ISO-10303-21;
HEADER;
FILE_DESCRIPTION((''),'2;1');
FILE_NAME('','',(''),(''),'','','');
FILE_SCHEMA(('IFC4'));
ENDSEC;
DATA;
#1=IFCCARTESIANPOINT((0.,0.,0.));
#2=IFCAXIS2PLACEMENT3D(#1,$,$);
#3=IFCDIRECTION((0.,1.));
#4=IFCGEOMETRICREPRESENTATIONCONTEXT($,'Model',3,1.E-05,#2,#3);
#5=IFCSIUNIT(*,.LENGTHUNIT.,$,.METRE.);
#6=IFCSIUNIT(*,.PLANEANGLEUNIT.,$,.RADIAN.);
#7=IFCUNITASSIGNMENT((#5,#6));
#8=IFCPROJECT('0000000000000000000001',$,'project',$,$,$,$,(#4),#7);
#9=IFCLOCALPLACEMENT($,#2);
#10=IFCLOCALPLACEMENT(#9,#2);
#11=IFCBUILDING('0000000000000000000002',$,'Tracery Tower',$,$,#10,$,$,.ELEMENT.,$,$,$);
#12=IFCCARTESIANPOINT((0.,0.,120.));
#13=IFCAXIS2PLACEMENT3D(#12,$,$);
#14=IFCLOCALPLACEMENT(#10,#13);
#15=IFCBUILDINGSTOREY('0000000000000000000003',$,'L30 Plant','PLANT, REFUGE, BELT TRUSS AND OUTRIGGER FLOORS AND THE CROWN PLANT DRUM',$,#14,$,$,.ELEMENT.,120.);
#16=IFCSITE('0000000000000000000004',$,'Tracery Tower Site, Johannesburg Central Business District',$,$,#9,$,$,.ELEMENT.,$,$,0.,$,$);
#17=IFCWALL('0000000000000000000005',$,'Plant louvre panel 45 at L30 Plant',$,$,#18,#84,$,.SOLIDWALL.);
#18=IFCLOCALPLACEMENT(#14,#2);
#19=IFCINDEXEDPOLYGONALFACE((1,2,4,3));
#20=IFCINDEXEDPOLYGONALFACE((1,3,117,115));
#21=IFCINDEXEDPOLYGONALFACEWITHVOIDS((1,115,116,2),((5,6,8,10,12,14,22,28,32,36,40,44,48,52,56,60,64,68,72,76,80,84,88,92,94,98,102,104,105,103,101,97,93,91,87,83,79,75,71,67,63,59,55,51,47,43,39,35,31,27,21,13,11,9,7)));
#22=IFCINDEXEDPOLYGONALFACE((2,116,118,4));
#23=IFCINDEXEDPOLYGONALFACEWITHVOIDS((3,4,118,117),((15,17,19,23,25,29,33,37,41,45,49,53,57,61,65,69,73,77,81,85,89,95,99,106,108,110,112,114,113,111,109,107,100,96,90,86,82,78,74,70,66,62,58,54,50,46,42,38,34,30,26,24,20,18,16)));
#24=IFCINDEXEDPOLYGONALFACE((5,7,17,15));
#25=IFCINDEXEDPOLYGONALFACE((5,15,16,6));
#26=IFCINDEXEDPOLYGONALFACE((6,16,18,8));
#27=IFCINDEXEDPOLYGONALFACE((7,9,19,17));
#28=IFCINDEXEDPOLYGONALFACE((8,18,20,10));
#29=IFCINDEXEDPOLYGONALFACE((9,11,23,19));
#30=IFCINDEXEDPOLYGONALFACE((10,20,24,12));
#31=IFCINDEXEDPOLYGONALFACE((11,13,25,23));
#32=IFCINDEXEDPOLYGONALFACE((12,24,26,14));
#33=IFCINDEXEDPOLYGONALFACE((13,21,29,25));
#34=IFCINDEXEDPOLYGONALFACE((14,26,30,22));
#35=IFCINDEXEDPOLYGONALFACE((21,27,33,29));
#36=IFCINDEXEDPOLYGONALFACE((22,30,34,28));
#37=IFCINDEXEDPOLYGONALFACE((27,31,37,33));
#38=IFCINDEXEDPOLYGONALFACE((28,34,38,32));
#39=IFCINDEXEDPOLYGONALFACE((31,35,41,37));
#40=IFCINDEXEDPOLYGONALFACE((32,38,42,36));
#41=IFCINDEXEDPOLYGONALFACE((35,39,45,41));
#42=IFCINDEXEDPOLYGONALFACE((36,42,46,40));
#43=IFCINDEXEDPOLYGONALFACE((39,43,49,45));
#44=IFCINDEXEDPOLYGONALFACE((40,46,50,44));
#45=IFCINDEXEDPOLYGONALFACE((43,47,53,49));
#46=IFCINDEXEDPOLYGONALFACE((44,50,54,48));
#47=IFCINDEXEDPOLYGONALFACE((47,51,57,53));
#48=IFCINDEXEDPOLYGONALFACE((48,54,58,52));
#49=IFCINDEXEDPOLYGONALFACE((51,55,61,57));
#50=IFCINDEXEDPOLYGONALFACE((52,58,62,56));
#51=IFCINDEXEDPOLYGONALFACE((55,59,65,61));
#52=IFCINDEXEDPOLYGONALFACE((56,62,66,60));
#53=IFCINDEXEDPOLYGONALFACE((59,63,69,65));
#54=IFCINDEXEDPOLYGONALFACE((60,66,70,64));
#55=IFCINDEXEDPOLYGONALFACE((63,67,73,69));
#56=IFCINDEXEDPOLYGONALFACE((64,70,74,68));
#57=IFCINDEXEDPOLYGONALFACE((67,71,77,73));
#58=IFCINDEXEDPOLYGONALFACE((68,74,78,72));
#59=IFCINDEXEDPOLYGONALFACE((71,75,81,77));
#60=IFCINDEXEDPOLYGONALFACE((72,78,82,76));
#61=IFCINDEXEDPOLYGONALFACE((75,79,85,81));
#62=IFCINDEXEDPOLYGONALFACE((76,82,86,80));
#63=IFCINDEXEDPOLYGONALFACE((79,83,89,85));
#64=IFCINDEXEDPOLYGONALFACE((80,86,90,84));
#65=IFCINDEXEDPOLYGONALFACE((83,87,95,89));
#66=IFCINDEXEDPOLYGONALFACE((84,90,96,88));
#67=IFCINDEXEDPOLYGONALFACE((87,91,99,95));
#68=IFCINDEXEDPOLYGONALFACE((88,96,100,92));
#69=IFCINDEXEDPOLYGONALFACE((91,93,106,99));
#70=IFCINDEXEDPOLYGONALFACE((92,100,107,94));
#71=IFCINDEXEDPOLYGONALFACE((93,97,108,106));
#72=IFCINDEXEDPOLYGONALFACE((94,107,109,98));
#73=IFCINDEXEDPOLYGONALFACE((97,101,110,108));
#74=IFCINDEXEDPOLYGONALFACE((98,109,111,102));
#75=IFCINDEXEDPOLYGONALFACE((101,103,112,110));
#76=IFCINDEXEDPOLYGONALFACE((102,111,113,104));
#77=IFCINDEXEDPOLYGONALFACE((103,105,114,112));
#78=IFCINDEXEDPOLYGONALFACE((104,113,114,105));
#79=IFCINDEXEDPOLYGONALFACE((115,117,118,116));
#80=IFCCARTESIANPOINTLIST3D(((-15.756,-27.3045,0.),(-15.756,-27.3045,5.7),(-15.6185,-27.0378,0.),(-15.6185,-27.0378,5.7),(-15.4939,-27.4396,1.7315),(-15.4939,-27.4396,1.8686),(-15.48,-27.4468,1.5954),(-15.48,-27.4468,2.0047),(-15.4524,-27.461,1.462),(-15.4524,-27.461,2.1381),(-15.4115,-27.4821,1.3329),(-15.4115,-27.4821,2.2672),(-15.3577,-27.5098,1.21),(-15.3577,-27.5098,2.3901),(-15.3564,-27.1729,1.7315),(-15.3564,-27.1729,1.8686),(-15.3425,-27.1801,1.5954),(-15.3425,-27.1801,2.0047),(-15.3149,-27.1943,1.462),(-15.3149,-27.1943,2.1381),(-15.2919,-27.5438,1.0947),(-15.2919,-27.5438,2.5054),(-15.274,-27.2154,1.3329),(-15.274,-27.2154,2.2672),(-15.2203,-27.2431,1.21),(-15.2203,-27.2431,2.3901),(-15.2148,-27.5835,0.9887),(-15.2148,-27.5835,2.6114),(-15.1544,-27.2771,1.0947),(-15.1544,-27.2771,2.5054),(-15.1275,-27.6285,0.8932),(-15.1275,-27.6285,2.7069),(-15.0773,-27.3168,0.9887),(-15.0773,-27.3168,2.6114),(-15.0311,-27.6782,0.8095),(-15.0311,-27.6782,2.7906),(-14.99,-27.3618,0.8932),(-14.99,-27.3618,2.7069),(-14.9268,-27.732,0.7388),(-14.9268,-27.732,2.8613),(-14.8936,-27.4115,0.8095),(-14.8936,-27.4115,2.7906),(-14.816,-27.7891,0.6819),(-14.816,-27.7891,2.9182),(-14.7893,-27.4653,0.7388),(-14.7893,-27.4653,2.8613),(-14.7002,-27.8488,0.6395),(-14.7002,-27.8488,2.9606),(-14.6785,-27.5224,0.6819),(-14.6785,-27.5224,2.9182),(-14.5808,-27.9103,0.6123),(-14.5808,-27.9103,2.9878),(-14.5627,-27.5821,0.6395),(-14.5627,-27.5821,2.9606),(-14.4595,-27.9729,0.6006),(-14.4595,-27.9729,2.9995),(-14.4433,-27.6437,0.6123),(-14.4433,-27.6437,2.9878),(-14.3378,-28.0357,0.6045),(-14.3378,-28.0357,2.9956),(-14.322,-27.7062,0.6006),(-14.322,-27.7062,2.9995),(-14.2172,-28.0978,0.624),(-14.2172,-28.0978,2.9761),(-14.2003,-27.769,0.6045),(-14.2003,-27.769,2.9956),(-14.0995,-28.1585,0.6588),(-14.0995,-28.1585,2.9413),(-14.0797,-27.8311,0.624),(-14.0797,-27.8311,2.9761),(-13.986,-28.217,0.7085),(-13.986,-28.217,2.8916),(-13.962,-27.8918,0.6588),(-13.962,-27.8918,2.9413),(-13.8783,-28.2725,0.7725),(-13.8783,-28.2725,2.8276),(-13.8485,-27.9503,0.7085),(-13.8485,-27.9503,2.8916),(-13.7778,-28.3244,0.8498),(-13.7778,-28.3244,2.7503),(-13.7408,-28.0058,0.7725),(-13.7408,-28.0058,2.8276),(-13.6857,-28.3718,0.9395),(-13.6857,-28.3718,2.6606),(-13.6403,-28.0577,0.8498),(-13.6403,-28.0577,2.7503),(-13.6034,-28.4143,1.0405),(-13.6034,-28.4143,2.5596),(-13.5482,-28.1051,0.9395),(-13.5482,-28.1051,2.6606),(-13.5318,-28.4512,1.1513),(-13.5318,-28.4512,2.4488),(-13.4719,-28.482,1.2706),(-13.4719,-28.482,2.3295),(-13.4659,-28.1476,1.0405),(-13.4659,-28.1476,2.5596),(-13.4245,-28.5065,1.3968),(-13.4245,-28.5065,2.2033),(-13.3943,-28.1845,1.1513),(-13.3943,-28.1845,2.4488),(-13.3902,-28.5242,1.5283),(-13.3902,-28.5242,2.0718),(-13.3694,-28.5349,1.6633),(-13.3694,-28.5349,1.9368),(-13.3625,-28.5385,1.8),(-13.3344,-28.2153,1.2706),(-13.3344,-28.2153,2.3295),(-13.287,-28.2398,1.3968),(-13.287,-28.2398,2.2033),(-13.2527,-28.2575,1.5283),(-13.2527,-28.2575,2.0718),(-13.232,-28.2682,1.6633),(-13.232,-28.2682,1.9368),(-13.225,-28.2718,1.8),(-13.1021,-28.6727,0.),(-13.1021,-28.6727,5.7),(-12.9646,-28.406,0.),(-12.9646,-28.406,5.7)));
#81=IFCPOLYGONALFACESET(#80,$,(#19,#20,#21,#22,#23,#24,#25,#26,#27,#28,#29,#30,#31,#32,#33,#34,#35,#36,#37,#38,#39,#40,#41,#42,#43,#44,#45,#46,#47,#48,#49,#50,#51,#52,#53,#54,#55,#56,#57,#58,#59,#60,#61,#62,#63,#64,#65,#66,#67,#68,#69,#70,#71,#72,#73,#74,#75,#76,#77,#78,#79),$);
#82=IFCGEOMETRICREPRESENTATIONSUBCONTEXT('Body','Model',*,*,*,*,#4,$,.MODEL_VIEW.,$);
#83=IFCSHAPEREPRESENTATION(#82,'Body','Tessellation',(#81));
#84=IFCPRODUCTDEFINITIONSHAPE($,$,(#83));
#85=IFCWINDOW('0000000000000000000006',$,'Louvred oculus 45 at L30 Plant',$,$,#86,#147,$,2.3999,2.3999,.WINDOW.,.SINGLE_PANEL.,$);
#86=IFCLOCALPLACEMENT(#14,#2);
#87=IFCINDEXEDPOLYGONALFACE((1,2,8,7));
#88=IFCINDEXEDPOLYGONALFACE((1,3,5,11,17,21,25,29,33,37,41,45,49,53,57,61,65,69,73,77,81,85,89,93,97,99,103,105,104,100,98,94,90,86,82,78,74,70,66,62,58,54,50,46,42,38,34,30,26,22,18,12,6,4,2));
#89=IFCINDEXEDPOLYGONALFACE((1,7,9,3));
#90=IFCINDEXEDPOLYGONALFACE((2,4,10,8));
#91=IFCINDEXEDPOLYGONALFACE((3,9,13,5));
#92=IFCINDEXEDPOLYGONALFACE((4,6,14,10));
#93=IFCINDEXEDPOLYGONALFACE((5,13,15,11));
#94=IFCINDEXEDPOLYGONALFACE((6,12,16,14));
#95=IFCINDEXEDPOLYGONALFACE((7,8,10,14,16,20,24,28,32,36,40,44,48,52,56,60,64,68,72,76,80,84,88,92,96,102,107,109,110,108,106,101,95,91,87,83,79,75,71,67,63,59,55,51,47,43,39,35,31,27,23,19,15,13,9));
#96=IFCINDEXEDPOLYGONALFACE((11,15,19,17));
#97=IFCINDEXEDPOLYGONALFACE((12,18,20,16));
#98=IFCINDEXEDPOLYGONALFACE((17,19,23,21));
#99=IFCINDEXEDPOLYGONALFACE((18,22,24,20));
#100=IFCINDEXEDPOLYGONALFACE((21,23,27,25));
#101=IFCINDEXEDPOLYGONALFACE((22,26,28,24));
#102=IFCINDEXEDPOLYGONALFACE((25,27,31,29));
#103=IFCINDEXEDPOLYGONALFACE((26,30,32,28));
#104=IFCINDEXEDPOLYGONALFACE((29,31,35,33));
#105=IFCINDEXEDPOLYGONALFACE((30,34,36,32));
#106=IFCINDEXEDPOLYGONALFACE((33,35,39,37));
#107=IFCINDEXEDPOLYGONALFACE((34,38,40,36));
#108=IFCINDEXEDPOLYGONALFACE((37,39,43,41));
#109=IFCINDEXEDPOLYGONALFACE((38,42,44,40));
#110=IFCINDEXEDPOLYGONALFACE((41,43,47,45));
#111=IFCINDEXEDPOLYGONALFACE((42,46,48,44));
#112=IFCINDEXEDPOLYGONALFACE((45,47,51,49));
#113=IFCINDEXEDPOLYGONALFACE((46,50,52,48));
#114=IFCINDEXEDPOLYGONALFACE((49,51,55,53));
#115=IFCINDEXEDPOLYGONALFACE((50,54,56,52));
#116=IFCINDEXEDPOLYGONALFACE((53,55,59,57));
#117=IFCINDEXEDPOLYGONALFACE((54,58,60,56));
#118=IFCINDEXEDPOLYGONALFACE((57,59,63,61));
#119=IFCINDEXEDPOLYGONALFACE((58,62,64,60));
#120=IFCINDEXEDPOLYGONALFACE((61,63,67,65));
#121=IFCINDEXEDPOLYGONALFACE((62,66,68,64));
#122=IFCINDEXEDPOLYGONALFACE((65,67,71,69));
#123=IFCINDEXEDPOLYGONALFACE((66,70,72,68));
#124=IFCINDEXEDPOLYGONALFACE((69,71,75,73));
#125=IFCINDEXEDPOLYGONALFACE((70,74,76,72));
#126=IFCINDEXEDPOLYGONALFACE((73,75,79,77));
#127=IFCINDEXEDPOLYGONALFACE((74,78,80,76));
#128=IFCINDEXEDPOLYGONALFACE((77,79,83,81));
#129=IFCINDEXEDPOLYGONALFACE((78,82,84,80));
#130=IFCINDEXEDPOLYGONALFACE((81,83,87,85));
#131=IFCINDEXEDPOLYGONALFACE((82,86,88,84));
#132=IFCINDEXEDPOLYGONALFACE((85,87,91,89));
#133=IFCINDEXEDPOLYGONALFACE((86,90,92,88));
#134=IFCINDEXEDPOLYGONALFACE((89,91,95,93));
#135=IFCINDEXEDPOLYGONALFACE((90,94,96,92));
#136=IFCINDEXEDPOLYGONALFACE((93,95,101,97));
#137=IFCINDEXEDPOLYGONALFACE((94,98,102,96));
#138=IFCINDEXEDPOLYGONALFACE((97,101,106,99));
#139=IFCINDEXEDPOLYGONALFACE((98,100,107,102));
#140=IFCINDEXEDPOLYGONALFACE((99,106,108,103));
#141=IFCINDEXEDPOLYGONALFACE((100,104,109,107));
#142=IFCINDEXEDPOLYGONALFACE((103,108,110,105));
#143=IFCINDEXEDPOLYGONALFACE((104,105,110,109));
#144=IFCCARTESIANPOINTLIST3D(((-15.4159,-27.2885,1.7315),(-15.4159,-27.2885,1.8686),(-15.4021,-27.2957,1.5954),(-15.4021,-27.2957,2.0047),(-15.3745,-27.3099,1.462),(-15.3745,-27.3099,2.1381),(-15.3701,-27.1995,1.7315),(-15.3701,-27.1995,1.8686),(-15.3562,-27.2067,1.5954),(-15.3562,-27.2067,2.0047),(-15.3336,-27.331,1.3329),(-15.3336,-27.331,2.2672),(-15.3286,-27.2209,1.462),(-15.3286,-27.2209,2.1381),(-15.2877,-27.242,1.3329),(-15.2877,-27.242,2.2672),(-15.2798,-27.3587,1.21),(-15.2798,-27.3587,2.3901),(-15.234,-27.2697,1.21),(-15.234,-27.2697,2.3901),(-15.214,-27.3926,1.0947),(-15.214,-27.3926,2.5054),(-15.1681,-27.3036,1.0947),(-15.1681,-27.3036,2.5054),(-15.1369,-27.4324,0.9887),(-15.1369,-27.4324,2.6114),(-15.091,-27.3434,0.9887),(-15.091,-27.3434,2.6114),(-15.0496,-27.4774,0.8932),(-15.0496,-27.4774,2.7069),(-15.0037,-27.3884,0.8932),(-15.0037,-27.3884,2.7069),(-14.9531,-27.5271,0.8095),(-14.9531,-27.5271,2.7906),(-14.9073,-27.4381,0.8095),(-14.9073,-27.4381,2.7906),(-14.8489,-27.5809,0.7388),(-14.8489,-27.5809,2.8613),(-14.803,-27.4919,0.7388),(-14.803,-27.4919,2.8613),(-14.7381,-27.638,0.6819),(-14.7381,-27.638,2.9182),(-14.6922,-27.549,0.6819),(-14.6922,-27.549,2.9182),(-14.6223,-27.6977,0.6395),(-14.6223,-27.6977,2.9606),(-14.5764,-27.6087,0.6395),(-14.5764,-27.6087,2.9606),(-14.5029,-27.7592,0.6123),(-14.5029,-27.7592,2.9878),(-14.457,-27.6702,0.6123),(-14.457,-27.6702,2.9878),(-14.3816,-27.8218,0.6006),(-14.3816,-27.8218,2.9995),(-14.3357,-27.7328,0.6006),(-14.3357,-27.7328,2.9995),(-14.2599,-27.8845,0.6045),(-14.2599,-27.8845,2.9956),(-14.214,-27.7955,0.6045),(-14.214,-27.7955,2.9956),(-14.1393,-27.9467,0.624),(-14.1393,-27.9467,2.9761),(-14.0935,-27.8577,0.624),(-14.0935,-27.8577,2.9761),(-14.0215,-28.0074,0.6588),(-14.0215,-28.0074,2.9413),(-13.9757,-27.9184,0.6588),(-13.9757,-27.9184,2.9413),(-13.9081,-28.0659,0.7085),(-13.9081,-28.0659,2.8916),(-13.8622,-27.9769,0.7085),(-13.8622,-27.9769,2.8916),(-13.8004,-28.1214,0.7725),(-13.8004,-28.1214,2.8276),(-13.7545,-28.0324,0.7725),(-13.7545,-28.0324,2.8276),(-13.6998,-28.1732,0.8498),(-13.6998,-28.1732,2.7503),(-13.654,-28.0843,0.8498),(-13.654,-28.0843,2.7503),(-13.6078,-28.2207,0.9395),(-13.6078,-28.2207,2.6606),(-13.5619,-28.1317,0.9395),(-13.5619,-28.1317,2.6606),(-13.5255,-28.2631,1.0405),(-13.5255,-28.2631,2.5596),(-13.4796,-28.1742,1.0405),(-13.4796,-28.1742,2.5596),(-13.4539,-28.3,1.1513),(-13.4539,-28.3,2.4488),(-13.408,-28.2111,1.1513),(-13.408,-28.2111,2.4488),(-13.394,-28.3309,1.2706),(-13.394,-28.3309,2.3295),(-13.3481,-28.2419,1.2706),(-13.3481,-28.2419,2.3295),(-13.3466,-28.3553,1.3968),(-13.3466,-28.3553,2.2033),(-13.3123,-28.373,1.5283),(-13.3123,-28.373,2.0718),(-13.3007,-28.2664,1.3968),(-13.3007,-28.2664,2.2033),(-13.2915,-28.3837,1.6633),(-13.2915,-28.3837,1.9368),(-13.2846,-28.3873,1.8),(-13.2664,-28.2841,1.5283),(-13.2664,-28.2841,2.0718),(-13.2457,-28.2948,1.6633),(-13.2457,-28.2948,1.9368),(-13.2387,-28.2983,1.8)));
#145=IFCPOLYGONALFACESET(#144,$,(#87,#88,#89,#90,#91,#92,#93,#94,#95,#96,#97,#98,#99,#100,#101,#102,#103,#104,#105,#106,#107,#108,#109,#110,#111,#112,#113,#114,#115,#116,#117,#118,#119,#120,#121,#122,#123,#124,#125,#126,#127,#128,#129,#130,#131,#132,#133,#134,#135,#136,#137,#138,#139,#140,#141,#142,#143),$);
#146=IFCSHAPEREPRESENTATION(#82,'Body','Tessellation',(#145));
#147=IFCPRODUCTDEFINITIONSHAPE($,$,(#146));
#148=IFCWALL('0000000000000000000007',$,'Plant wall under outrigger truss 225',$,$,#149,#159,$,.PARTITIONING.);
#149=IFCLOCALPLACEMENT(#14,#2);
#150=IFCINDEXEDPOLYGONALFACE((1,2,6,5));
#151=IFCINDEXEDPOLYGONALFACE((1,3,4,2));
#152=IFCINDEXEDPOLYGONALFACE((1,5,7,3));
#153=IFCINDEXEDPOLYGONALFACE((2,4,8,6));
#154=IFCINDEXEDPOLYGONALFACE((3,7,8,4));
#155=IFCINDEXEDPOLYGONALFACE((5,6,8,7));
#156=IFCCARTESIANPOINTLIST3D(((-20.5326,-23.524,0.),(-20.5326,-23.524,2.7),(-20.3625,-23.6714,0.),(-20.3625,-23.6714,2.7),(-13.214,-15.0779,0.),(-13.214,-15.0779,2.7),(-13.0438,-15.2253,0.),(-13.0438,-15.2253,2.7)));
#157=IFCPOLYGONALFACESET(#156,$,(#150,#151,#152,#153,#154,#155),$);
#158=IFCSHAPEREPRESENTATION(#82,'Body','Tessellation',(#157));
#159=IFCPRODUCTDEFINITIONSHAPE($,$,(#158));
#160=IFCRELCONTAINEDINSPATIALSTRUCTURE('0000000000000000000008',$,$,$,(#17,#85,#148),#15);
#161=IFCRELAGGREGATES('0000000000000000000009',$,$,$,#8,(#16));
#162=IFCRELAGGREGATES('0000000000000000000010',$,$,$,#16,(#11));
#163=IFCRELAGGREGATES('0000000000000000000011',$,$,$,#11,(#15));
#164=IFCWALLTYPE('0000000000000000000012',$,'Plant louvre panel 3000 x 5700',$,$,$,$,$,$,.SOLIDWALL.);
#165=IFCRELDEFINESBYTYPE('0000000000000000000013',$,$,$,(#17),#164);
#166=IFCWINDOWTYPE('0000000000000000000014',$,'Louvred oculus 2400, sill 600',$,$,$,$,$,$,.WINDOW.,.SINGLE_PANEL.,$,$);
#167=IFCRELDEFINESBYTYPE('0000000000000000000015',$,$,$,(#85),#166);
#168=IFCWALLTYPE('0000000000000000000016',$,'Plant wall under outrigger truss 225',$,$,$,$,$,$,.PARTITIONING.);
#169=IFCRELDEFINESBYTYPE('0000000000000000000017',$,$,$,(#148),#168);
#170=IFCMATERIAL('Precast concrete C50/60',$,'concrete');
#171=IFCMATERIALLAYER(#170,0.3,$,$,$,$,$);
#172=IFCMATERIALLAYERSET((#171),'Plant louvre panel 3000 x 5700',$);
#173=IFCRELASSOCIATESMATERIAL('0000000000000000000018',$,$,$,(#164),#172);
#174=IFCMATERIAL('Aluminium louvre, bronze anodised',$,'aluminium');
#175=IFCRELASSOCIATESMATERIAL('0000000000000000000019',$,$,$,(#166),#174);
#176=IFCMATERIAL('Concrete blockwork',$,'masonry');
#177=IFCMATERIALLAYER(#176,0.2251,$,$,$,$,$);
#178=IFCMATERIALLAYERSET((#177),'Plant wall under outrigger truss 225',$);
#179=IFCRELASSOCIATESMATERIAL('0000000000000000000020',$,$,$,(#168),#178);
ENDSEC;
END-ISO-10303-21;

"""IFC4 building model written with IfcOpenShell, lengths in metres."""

from ifc_helpers import new_model, si_unit, direction, frame, frame_2d, origin, origin_2d, place, context, subcontext, project, spatial, rectangle, circle, extrude, material, layer, layer_set, type_object, element, fill, save


model = new_model("IFC4")

# Units and contexts
model_context = context("Model", 3, precision=1e-05, world=origin(), true_north=direction((0.0, 1.0)))
body_context = subcontext(model_context, "Body", "Model", "MODEL_VIEW")
ifc_project = project(units=[si_unit("LENGTHUNIT", "METRE"), si_unit("PLANEANGLEUNIT", "RADIAN")], contexts=[model_context])

# Site, building, storey
site_placement = place(None, origin())
site = spatial("IfcSite", under=ifc_project, at=site_placement, Name="Tracery Tower Site, Johannesburg Central Business District", CompositionType="ELEMENT", RefElevation=0.0)
building_placement = place(site_placement, origin())
building = spatial("IfcBuilding", under=site, at=building_placement, Name="Tracery Tower", CompositionType="ELEMENT")
storey_placement = place(building_placement, frame((0.0, 0.0, 120.0)))
storey = spatial("IfcBuildingStorey", under=building, at=storey_placement, Name="L30 Plant", Description="PLANT, REFUGE, BELT TRUSS AND OUTRIGGER FLOORS AND THE CROWN PLANT DRUM", CompositionType="ELEMENT", Elevation=120.0)

# Wall, opening, window
ifc_material_1 = material(Name="Precast concrete C50/60", Category="concrete")
ifc_layer_1 = layer(ifc_material_1, 0.3)
ifc_layer_set_1 = layer_set([ifc_layer_1], Name="Plant louvre panel 3000 x 5700")
wall_type_1 = type_object("IfcWallType", Name="Plant louvre panel 3000 x 5700", PredefinedType="SOLIDWALL", material=ifc_layer_set_1)
ifc_material_2 = material(Name="Aluminium louvre, bronze anodised", Category="aluminium")
window_type = type_object("IfcWindowType", Name="Louvred oculus 2400, sill 600", PartitioningType="SINGLE_PANEL", PredefinedType="WINDOW", material=ifc_material_2)
wall_1_placement = place(storey_placement, frame((-15.6873, -27.1711, 0.0), z_axis=(0.0, 0.0, 1.0), x_axis=(0.888831, -0.458235, 0.0)))
wall_1 = element("IfcWall", 1, at=wall_1_placement, inside=storey, type_object=wall_type_1, Name="Plant louvre panel 45 at L30 Plant", PredefinedType="SOLIDWALL", context=body_context, shape_type="SweptSolid", body=[
    extrude(rectangle(XDim=2.9858, YDim=0.3, at=frame_2d((1.4929, 0.0))), origin(), (0.0, 0.0, 1.0), 5.7),
])
opening_1_placement = place(wall_1_placement, frame((1.4929, 0.0, 1.8)))
opening_1 = element("IfcOpeningElement", 2, at=opening_1_placement, cuts=wall_1, PredefinedType="OPENING", context=body_context, shape_type="SweptSolid", body=[
    extrude(circle(Radius=1.2, at=origin_2d()), frame((0.0, 0.1599, 0.0), z_axis=(0.0, -1.0, 0.0), x_axis=(1.0, 0.0, 0.0)), (0.0, 0.0, 1.0), 0.3201),
])
window_1_placement = place(opening_1_placement, origin())
window_1 = element("IfcWindow", 3, at=window_1_placement, inside=storey, type_object=window_type, Name="Louvred oculus 45 at L30 Plant", OverallHeight=2.3999, OverallWidth=2.3999, PartitioningType="SINGLE_PANEL", PredefinedType="WINDOW", context=body_context, shape_type="SweptSolid", body=[
    extrude(circle(Radius=1.2, at=origin_2d()), frame((0.0, 0.1201, 0.0), z_axis=(0.0, -1.0, 0.0), x_axis=(1.0, 0.0, 0.0)), (0.0, 0.0, 1.0), 0.1001),
])
fill(opening_1, window_1)

# Wall
ifc_material_3 = material(Name="Concrete blockwork", Category="masonry")
ifc_layer_2 = layer(ifc_material_3, 0.2251)
ifc_layer_set_2 = layer_set([ifc_layer_2], Name="Plant wall under outrigger truss 225")
wall_type_2 = type_object("IfcWallType", Name="Plant wall under outrigger truss 225", PredefinedType="PARTITIONING", material=ifc_layer_set_2)
wall_2_placement = place(storey_placement, frame((-20.4475, -23.5977, 0.0), z_axis=(0.0, 0.0, 1.0), x_axis=(0.654864, 0.755747, 0.0)))
element("IfcWall", 4, at=wall_2_placement, inside=storey, type_object=wall_type_2, Name="Plant wall under outrigger truss 225", PredefinedType="PARTITIONING", context=body_context, shape_type="SweptSolid", body=[
    extrude(rectangle(XDim=11.1758, YDim=0.2251, at=frame_2d((5.5879, 0.0))), origin(), (0.0, 0.0, 1.0), 2.7),
])

save(model, "model.ifc")
